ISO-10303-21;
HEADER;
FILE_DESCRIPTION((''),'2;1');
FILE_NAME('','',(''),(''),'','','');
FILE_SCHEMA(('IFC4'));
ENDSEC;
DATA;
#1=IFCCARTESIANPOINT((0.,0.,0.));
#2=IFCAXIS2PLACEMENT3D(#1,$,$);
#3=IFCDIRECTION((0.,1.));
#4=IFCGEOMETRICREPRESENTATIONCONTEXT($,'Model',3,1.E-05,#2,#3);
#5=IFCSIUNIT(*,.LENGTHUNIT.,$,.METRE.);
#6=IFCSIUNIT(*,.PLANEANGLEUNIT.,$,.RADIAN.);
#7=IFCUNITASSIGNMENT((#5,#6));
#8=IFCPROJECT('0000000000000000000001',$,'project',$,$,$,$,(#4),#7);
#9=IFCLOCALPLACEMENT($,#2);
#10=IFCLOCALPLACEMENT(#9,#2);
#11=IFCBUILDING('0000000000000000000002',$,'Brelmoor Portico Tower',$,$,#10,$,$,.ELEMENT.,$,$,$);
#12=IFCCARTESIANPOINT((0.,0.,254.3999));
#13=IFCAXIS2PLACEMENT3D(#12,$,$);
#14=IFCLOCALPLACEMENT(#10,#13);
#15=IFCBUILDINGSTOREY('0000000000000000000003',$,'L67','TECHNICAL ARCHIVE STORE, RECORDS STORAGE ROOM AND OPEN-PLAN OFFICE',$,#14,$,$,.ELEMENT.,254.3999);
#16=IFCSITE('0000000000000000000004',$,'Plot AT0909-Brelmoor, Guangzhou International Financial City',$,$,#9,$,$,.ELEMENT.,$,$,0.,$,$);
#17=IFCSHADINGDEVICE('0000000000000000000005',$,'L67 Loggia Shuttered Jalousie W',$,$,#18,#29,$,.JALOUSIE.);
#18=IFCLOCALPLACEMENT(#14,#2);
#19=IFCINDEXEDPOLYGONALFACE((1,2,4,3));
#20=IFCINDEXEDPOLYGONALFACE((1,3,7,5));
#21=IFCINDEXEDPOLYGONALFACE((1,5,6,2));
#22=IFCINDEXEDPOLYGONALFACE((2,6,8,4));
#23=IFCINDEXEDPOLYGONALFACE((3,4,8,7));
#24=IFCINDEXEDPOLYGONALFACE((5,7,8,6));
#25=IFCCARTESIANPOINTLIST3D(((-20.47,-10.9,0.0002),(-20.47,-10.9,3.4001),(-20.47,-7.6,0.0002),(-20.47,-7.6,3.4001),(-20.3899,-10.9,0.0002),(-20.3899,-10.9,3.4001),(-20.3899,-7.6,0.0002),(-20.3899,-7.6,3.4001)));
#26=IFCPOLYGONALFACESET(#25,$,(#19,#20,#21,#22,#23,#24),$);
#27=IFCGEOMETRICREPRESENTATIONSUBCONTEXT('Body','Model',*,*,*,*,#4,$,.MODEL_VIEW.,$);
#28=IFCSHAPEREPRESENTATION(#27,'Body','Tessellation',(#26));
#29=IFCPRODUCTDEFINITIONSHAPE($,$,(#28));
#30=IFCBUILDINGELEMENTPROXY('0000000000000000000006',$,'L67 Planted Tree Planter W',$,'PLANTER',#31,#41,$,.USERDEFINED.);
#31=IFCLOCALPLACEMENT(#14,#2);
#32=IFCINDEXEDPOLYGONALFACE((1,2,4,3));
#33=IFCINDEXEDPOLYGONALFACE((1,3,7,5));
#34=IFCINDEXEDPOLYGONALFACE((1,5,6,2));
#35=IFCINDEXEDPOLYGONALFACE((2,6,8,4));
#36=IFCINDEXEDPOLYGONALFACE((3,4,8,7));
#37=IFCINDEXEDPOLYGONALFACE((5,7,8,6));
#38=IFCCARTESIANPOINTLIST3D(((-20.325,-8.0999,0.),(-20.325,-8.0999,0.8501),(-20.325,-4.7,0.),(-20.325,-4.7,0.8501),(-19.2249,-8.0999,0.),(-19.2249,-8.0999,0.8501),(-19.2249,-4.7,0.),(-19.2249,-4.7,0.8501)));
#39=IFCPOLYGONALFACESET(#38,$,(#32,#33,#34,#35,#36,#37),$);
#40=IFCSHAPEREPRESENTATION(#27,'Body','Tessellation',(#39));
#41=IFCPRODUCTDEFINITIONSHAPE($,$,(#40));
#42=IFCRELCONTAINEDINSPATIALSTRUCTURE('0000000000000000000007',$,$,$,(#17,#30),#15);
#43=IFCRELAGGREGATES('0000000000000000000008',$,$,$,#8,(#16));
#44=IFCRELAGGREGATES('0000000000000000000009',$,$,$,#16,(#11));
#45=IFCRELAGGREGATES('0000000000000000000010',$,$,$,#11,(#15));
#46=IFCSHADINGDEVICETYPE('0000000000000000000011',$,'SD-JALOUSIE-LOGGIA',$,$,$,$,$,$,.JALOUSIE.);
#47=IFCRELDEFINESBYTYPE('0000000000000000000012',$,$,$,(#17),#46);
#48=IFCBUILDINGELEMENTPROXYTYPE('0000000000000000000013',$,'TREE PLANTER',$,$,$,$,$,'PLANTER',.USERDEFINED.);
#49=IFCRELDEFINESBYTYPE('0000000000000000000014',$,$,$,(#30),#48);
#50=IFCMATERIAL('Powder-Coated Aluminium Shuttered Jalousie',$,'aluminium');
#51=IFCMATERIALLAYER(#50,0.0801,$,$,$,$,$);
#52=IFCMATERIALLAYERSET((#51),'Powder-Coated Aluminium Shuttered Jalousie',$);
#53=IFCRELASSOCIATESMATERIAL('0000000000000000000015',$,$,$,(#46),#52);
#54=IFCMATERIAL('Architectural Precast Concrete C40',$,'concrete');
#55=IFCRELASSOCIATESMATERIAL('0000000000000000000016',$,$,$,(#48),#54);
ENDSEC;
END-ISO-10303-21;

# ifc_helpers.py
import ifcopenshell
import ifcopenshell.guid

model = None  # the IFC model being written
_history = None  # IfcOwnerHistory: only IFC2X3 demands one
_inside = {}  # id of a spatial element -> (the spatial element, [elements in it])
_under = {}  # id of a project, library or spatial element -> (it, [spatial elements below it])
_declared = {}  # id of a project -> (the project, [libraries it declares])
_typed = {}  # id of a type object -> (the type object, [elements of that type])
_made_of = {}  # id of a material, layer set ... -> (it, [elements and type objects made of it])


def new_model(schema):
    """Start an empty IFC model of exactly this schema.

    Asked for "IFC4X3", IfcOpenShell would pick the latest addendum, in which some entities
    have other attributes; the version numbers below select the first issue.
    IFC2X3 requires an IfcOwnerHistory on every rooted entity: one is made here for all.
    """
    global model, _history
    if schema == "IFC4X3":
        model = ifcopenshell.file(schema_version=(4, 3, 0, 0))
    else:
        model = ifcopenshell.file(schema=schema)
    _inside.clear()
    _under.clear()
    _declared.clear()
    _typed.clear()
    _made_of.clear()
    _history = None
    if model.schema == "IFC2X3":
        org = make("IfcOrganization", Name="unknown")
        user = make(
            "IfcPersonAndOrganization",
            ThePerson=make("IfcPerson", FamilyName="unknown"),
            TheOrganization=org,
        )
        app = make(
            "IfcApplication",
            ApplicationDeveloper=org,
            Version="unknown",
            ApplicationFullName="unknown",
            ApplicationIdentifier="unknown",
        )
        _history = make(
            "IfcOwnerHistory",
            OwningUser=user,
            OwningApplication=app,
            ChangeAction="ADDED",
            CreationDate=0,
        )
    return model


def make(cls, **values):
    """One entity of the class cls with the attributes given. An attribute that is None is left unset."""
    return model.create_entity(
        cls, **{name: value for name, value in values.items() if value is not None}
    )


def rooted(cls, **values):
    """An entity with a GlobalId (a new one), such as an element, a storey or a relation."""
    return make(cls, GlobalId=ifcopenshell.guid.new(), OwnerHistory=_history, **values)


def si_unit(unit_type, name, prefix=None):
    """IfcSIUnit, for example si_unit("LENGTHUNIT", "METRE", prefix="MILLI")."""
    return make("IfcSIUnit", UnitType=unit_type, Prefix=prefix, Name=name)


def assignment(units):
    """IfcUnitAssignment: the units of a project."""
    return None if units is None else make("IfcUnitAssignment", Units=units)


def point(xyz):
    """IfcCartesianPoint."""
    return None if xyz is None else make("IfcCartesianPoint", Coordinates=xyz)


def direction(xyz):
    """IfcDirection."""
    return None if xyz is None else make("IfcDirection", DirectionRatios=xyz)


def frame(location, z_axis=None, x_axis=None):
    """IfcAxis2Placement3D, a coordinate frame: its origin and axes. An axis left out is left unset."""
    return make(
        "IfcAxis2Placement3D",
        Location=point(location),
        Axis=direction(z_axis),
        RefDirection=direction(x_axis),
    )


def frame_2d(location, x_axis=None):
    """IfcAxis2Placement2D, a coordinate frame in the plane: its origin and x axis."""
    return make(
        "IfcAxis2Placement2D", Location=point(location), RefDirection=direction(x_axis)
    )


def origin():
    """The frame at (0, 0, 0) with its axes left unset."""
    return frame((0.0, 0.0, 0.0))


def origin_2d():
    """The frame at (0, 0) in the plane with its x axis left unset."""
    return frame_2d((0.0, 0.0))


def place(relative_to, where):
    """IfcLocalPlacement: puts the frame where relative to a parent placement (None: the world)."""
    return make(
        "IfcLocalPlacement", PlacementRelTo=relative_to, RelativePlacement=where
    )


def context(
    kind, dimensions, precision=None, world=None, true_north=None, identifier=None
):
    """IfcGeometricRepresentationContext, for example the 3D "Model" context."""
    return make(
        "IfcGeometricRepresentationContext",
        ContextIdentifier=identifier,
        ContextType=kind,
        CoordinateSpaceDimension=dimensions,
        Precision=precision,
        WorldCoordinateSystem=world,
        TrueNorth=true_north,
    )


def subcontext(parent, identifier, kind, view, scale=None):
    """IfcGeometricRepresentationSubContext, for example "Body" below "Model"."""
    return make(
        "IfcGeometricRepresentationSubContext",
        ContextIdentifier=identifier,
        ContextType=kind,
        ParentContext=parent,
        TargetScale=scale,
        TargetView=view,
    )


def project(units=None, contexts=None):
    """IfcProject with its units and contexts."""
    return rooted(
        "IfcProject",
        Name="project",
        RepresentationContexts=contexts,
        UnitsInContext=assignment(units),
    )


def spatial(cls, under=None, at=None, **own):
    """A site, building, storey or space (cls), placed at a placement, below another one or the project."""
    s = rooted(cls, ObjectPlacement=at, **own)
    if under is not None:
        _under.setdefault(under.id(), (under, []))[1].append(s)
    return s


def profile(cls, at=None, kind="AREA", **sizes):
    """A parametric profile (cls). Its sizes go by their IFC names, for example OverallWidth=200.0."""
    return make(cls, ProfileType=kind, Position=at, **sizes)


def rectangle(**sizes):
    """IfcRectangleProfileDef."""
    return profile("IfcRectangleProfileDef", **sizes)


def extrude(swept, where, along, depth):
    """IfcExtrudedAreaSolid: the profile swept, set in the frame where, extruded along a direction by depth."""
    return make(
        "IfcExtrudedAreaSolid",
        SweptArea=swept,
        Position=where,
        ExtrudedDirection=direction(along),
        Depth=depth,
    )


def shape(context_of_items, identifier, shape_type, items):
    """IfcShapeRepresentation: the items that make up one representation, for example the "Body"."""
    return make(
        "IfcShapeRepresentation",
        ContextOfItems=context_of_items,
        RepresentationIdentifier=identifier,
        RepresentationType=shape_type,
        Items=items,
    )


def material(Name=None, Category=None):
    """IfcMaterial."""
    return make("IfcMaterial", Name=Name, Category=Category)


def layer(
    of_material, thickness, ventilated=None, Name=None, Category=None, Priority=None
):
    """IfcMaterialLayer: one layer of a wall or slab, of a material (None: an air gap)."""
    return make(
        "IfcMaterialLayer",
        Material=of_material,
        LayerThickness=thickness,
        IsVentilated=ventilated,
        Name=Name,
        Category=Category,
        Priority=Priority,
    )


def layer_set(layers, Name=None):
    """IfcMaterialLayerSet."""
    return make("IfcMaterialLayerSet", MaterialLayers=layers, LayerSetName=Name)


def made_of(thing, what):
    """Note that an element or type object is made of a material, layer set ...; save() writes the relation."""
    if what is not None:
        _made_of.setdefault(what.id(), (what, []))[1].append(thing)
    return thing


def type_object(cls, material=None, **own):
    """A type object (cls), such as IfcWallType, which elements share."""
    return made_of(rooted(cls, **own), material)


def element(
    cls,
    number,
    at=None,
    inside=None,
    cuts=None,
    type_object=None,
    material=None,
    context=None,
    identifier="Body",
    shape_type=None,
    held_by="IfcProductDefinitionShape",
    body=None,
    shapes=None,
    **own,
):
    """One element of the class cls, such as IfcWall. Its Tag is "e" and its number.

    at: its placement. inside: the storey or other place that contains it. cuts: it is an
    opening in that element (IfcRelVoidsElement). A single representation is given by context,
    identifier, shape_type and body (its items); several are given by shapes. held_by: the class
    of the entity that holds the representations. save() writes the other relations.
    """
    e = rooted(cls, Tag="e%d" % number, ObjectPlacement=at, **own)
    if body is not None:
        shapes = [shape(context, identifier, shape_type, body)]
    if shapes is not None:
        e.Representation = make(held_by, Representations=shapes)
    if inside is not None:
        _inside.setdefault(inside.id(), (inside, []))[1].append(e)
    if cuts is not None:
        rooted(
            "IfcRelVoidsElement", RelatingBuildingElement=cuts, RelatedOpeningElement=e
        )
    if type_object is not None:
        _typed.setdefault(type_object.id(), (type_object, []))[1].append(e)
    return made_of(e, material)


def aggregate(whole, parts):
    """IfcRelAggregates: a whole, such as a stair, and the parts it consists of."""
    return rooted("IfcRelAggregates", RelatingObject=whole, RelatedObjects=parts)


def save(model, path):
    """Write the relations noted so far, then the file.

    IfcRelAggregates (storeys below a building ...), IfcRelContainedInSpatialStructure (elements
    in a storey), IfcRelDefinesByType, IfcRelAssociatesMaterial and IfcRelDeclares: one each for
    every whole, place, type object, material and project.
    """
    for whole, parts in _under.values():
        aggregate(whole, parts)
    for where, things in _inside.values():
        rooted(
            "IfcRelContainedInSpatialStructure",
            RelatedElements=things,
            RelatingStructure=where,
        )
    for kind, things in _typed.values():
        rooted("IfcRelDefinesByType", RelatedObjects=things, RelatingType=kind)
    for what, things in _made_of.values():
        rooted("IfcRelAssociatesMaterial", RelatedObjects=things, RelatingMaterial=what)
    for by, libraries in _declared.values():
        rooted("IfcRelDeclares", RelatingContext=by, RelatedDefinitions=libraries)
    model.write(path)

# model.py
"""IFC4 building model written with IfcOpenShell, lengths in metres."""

from ifc_helpers import new_model, si_unit, direction, frame, origin, origin_2d, place, context, subcontext, project, spatial, rectangle, extrude, material, layer, layer_set, type_object, element, save


model = new_model("IFC4")

# Units and contexts
model_context = context("Model", 3, precision=1e-05, world=origin(), true_north=direction((0.0, 1.0)))
body_context = subcontext(model_context, "Body", "Model", "MODEL_VIEW")
ifc_project = project(units=[si_unit("LENGTHUNIT", "METRE"), si_unit("PLANEANGLEUNIT", "RADIAN")], contexts=[model_context])

# Site, building, storey
site_placement = place(None, origin())
site = spatial("IfcSite", under=ifc_project, at=site_placement, Name="Plot AT0909-Brelmoor, Guangzhou International Financial City", CompositionType="ELEMENT", RefElevation=0.0)
building_placement = place(site_placement, origin())
building = spatial("IfcBuilding", under=site, at=building_placement, Name="Brelmoor Portico Tower", CompositionType="ELEMENT")
storey_placement = place(building_placement, frame((0.0, 0.0, 254.3999)))
storey = spatial("IfcBuildingStorey", under=building, at=storey_placement, Name="L67", Description="TECHNICAL ARCHIVE STORE, RECORDS STORAGE ROOM AND OPEN-PLAN OFFICE", CompositionType="ELEMENT", Elevation=254.3999)

# Shading device
ifc_material_1 = material(Name="Powder-Coated Aluminium Shuttered Jalousie", Category="aluminium")
ifc_layer_1 = layer(ifc_material_1, 0.0801)
ifc_layer_set_1 = layer_set([ifc_layer_1], Name="Powder-Coated Aluminium Shuttered Jalousie")
shading_device_type = type_object("IfcShadingDeviceType", Name="SD-JALOUSIE-LOGGIA", PredefinedType="JALOUSIE", material=ifc_layer_set_1)
shading_device_placement = place(storey_placement, frame((-20.4299, -9.25, 0.0002), z_axis=(0.0, 0.0, 1.0), x_axis=(0.0, 1.0, 0.0)))
element("IfcShadingDevice", 1, at=shading_device_placement, inside=storey, type_object=shading_device_type, Name="L67 Loggia Shuttered Jalousie W", PredefinedType="JALOUSIE", context=body_context, shape_type="SweptSolid", body=[
    extrude(rectangle(XDim=3.3, YDim=0.0801, at=origin_2d()), origin(), (0.0, 0.0, 1.0), 3.3999),
])

# Building element proxy
ifc_material_2 = material(Name="Architectural Precast Concrete C40", Category="concrete")
building_element_proxy_type = type_object("IfcBuildingElementProxyType", Name="TREE PLANTER", ElementType="PLANTER", PredefinedType="USERDEFINED", material=ifc_material_2)
proxy_placement = place(storey_placement, frame((-19.7749, -6.3999, 0.0), z_axis=(0.0, 0.0, 1.0), x_axis=(0.0, 1.0, 0.0)))
element("IfcBuildingElementProxy", 2, at=proxy_placement, inside=storey, type_object=building_element_proxy_type, Name="L67 Planted Tree Planter W", ObjectType="PLANTER", PredefinedType="USERDEFINED", context=body_context, shape_type="SweptSolid", body=[
    extrude(rectangle(XDim=3.3999, YDim=1.1001, at=origin_2d()), origin(), (0.0, 0.0, 1.0), 0.8501),
])

save(model, "model.ifc")
